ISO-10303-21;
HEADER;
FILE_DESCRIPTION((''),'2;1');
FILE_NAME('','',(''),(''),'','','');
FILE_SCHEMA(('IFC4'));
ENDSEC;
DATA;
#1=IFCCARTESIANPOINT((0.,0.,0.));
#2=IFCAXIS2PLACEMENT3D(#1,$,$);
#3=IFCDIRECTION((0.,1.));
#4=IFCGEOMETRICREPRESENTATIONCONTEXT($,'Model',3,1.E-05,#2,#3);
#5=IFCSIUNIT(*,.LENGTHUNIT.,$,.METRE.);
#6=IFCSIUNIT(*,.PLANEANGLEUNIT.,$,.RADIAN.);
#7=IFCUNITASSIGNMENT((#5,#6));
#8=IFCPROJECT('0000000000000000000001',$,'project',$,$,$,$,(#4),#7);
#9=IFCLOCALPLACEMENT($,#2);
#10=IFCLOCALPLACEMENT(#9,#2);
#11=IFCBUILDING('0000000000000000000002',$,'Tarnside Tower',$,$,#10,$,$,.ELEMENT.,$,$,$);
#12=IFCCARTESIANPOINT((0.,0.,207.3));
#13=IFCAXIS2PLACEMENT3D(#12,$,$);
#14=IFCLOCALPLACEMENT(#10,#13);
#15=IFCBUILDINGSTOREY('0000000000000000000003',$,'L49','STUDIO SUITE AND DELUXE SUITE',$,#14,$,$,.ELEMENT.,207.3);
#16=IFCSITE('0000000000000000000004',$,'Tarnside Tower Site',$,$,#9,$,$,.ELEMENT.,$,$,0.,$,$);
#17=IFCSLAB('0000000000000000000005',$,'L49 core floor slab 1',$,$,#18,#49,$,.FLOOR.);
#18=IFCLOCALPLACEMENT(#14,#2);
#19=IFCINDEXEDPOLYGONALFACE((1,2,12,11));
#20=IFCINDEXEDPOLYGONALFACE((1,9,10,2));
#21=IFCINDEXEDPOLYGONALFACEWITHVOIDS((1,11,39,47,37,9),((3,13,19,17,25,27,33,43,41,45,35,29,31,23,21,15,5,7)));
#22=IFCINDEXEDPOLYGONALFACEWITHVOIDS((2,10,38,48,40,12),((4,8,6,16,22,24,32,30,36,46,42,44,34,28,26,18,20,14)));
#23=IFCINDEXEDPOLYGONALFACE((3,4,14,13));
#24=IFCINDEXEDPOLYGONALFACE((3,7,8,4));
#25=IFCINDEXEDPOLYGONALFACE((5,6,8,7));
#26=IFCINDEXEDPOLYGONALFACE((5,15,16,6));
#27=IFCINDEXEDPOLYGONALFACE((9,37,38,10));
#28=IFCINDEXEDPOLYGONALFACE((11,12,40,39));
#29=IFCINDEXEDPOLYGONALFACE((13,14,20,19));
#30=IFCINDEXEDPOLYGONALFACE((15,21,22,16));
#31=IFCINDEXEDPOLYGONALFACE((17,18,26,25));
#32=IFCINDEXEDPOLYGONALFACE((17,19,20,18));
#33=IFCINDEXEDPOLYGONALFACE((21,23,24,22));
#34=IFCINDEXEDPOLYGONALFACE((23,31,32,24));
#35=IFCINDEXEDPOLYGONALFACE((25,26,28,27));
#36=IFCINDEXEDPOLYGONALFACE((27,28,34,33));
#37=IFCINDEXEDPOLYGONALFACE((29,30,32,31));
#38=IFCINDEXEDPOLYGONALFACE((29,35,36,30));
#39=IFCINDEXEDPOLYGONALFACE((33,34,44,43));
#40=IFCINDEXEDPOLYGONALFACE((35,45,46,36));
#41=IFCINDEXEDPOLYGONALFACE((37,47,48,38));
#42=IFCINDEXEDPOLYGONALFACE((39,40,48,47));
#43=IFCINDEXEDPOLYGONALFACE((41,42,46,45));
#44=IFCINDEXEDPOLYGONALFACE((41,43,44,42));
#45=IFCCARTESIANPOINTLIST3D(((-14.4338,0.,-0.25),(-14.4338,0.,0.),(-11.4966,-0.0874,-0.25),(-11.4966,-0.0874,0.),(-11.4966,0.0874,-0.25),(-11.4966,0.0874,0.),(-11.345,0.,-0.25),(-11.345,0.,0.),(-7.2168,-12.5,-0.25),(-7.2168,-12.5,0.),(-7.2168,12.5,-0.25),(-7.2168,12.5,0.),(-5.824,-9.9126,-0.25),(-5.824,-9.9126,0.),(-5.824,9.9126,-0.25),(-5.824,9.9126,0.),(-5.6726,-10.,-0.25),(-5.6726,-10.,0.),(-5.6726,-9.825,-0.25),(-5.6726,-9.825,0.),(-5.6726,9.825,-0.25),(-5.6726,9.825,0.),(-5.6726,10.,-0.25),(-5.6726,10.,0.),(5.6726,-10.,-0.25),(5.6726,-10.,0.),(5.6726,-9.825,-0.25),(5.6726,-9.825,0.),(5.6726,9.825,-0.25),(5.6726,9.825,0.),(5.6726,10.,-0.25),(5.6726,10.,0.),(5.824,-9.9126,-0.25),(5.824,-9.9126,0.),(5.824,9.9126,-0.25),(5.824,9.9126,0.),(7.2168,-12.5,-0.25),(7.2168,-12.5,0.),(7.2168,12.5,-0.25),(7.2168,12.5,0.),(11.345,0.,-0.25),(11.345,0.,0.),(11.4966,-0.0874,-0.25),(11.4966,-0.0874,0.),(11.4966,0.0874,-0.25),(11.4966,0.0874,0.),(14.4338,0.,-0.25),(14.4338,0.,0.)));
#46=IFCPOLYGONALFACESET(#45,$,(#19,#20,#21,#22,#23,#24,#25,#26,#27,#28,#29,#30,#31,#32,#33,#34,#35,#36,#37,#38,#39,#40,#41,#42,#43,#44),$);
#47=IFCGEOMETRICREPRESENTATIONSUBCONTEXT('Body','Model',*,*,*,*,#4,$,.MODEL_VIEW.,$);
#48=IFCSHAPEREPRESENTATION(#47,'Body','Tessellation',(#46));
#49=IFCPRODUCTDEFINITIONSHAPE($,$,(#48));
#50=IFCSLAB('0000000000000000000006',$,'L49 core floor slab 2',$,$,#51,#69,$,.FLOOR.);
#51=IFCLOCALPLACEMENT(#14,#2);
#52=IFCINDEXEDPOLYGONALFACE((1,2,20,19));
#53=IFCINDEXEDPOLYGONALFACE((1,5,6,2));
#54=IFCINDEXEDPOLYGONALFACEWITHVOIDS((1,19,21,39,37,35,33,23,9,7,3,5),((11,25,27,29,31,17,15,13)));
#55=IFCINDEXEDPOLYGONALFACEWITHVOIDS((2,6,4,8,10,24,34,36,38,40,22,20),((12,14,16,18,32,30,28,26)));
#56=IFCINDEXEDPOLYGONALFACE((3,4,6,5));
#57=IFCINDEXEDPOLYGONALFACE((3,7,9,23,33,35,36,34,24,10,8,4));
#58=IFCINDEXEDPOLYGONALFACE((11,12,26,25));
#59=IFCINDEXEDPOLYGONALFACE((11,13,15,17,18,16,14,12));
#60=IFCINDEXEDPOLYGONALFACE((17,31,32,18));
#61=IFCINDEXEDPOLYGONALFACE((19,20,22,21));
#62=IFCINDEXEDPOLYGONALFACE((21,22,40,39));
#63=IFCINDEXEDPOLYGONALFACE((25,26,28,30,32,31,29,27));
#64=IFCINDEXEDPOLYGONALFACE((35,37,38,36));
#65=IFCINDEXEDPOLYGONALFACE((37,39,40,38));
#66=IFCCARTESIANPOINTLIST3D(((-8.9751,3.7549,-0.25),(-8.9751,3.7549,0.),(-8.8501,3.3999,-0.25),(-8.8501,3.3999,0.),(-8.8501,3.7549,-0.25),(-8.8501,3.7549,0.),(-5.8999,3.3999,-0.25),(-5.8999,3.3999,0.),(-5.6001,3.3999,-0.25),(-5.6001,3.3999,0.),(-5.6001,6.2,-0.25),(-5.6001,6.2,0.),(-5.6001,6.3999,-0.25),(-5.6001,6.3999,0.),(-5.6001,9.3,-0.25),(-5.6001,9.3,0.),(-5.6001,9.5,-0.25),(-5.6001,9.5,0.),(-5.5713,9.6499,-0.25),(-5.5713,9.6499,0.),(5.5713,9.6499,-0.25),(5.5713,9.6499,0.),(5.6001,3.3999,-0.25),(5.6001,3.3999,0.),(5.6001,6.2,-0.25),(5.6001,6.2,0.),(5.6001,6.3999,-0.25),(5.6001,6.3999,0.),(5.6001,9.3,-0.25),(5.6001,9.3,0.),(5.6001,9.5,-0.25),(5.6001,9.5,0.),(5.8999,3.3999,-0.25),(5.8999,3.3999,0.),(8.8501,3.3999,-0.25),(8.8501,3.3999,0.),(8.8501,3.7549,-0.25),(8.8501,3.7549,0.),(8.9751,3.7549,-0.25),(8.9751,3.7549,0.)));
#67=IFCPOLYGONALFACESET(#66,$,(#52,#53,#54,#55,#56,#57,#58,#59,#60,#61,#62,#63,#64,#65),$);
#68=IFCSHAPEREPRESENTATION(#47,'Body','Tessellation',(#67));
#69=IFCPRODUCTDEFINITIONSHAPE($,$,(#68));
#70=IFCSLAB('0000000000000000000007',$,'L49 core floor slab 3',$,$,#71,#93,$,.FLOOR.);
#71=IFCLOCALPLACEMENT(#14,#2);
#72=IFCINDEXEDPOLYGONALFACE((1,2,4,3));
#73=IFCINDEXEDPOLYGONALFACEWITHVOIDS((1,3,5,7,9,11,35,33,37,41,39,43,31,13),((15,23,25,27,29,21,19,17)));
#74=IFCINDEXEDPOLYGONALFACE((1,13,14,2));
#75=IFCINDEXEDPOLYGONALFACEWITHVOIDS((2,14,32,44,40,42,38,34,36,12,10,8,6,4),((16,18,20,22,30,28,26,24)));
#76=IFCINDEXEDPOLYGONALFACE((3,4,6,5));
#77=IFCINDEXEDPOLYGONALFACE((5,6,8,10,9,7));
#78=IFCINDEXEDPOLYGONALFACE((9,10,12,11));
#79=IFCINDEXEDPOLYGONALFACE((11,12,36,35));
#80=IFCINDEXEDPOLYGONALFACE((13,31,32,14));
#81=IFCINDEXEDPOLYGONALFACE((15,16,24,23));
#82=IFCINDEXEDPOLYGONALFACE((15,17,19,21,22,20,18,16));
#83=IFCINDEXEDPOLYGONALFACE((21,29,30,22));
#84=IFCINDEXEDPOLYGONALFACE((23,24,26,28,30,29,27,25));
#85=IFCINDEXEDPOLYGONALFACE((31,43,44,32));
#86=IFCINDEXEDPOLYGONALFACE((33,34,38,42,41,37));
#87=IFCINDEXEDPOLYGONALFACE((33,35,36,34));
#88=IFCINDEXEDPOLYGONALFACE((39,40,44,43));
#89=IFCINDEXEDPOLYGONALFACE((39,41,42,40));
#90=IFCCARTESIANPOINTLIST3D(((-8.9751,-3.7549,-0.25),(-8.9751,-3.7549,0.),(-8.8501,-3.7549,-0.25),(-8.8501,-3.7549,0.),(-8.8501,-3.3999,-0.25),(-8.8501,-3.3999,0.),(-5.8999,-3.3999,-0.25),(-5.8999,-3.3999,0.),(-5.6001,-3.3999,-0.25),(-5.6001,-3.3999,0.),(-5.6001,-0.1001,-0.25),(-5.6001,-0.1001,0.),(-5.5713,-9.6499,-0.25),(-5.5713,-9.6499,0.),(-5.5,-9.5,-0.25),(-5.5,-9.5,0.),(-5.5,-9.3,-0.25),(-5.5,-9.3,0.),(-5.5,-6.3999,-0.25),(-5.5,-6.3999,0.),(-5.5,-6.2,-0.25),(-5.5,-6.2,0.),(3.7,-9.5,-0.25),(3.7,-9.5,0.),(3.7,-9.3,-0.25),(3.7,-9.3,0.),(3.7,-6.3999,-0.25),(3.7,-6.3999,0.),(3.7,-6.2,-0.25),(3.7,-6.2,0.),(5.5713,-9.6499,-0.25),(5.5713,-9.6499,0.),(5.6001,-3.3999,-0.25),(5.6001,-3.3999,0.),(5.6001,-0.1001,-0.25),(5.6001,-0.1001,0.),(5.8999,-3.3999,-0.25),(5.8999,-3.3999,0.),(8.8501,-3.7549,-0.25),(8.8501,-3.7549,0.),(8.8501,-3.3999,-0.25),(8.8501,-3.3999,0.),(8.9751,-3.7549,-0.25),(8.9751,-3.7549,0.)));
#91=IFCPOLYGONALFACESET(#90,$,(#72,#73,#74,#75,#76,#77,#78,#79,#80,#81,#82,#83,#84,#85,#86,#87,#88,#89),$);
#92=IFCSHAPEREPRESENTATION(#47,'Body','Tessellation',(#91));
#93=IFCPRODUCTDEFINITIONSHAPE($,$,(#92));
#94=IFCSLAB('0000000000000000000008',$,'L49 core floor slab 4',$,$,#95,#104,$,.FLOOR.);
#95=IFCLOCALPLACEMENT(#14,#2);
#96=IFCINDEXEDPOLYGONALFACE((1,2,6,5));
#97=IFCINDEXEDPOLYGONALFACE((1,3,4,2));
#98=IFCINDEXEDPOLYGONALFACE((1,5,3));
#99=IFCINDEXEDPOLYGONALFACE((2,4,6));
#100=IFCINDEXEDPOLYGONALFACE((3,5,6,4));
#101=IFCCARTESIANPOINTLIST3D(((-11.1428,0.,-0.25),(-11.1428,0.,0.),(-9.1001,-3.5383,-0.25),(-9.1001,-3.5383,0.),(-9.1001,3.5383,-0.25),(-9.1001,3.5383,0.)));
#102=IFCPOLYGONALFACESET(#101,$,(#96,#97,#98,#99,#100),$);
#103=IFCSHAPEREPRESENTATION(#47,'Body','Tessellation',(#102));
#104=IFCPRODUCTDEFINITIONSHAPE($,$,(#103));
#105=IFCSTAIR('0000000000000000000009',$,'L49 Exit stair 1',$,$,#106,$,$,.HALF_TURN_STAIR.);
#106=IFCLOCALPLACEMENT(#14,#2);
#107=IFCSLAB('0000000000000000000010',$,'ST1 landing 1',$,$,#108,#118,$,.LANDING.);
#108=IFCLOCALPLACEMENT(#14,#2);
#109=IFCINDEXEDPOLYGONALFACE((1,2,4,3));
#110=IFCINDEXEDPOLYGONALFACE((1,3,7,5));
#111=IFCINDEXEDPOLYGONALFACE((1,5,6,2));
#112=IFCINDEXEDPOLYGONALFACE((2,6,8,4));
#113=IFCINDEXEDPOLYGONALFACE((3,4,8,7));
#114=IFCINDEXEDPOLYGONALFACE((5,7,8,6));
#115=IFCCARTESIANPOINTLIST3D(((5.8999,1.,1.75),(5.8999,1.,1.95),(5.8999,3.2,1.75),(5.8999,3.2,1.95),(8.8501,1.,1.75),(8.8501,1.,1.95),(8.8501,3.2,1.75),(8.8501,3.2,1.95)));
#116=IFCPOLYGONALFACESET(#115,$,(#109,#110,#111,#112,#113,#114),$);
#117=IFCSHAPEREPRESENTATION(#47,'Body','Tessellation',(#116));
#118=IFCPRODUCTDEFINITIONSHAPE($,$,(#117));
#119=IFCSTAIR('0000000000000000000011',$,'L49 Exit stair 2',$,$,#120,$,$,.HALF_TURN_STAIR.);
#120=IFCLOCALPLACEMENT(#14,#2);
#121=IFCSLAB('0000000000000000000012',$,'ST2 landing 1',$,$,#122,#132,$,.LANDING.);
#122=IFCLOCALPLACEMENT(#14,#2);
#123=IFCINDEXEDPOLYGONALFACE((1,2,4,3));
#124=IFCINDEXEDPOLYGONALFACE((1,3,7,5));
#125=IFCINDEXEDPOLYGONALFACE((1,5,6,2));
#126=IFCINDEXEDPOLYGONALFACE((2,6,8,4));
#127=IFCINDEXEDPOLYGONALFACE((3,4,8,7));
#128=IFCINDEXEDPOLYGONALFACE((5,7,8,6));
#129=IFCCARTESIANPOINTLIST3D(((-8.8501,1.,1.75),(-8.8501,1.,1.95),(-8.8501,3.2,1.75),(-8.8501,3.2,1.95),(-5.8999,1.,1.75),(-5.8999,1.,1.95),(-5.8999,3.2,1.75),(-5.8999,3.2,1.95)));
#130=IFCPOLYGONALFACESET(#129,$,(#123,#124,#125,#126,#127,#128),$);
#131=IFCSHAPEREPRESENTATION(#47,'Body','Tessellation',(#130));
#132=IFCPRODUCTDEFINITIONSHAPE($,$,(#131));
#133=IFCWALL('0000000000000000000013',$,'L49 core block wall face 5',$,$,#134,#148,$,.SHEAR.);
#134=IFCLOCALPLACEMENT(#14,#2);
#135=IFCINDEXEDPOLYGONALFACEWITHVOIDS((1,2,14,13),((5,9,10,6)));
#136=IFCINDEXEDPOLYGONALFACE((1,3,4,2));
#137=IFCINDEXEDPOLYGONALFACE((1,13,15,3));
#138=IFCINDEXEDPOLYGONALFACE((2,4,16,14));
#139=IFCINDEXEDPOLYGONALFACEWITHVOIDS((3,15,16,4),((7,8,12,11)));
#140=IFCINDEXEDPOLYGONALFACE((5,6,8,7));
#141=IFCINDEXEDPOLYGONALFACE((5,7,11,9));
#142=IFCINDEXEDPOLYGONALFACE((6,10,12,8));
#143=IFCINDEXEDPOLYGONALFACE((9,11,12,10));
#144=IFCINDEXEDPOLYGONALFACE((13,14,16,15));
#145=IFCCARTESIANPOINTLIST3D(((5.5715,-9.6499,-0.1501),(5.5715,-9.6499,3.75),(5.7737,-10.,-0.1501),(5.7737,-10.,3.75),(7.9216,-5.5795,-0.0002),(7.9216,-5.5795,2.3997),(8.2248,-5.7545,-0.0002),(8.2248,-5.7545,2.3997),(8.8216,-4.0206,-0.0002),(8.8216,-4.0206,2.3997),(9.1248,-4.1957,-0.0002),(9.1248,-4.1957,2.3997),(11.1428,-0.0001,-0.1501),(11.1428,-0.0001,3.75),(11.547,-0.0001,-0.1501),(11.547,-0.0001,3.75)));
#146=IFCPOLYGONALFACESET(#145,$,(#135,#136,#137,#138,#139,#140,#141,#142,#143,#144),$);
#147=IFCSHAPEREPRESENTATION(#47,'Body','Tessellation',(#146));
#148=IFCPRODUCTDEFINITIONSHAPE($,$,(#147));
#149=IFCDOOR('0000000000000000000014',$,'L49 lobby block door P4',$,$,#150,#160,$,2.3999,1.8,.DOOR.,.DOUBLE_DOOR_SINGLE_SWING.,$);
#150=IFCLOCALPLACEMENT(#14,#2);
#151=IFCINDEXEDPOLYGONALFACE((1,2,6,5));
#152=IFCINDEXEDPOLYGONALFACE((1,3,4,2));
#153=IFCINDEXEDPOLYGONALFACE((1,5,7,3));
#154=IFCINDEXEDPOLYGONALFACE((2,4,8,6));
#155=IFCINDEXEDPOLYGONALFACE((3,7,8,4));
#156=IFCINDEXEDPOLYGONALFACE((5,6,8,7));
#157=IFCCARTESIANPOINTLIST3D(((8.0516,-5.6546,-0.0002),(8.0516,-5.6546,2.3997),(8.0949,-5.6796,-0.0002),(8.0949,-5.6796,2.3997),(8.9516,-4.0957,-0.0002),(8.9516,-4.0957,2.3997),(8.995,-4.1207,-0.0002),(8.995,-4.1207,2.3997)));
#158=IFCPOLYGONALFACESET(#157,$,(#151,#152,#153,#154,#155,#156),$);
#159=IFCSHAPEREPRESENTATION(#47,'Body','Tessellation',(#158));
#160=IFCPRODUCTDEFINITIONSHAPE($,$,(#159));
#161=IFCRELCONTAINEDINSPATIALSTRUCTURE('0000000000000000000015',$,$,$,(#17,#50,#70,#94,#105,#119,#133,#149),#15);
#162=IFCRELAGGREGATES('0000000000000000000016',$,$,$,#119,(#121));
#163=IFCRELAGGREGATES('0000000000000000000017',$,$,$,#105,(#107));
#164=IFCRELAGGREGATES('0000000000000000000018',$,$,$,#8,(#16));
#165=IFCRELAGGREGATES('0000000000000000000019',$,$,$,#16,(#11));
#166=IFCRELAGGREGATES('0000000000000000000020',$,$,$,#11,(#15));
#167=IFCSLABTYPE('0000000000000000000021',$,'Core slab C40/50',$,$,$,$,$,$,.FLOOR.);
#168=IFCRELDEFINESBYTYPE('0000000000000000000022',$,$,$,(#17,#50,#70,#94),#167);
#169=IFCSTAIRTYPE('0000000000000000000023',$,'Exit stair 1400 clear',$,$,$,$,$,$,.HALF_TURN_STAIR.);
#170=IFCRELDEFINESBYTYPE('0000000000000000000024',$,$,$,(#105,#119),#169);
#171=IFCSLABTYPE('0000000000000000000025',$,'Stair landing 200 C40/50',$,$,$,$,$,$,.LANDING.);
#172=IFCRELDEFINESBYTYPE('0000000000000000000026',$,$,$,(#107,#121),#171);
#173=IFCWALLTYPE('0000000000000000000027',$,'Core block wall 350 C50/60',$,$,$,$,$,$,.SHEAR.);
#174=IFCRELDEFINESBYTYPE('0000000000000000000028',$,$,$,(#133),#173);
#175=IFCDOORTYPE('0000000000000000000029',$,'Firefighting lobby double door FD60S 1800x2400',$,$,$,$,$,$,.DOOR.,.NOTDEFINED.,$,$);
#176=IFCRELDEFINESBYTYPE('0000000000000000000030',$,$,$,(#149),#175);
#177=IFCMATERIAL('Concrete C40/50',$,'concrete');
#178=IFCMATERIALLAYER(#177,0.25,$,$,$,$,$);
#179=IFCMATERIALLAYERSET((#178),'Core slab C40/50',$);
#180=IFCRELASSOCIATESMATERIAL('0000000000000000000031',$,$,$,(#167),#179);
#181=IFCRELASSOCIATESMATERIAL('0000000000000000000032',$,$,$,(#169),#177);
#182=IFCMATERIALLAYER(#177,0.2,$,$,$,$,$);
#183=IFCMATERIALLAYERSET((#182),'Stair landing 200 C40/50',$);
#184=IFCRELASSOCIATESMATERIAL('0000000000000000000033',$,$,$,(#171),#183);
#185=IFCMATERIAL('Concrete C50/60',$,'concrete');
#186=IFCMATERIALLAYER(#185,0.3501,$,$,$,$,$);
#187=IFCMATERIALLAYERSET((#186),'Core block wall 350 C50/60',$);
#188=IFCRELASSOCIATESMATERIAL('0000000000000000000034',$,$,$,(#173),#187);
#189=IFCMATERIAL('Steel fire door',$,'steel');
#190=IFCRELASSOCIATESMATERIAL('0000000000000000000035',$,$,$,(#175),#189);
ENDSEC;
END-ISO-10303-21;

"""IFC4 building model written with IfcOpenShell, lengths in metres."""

from ifc_helpers import new_model, si_unit, direction, frame, frame_2d, origin, place, context, subcontext, project, spatial, polyline, rectangle, outline, extrude, material, layer, layer_set, type_object, element, fill, aggregate, save


model = new_model("IFC4")

# Units and contexts
model_context = context("Model", 3, precision=1e-05, world=origin(), true_north=direction((0.0, 1.0)))
body_context = subcontext(model_context, "Body", "Model", "MODEL_VIEW")
ifc_project = project(units=[si_unit("LENGTHUNIT", "METRE"), si_unit("PLANEANGLEUNIT", "RADIAN")], contexts=[model_context])

# Site, building, storey
site_placement = place(None, origin())
site = spatial("IfcSite", under=ifc_project, at=site_placement, Name="Tarnside Tower Site", CompositionType="ELEMENT", RefElevation=0.0)
building_placement = place(site_placement, origin())
building = spatial("IfcBuilding", under=site, at=building_placement, Name="Tarnside Tower", CompositionType="ELEMENT")
storey_placement = place(building_placement, frame((0.0, 0.0, 207.3)))
storey = spatial("IfcBuildingStorey", under=building, at=storey_placement, Name="L49", Description="STUDIO SUITE AND DELUXE SUITE", CompositionType="ELEMENT", Elevation=207.3)

# Slabs
ifc_material_1 = material(Name="Concrete C40/50", Category="concrete")
ifc_layer_1 = layer(ifc_material_1, 0.25)
ifc_layer_set_1 = layer_set([ifc_layer_1], Name="Core slab C40/50")
slab_type_1 = type_object("IfcSlabType", Name="Core slab C40/50", PredefinedType="FLOOR", material=ifc_layer_set_1)
slab_1_placement = place(storey_placement, frame((0.0, 0.0, -0.25)))
element("IfcSlab", 1, at=slab_1_placement, inside=storey, type_object=slab_type_1, Name="L49 core floor slab 1", PredefinedType="FLOOR", context=body_context, shape_type="SweptSolid", body=[
    extrude(outline(polyline([(-7.2168, 12.5), (7.2168, 12.5), (14.4338, 0.0), (7.2168, -12.5), (-7.2168, -12.5), (-14.4338, 0.0), (-7.2168, 12.5)]), holes=[polyline([(5.824, -9.9126), (11.4966, -0.0874), (11.345, 0.0), (11.4966, 0.0874), (5.824, 9.9126), (5.6726, 9.825), (5.6726, 10.0), (-5.6726, 10.0), (-5.6726, 9.825), (-5.824, 9.9126), (-11.4966, 0.0874), (-11.345, 0.0), (-11.4966, -0.0874), (-5.824, -9.9126), (-5.6726, -9.825), (-5.6726, -10.0), (5.6726, -10.0), (5.6726, -9.825), (5.824, -9.9126)])]), origin(), (0.0, 0.0, 1.0), 0.25),
])
slab_2_placement = place(storey_placement, frame((0.0, 0.0, -0.25)))
element("IfcSlab", 2, at=slab_2_placement, inside=storey, type_object=slab_type_1, Name="L49 core floor slab 2", PredefinedType="FLOOR", context=body_context, shape_type="SweptSolid", body=[
    extrude(outline(polyline([(-8.9751, 3.7549), (-5.5713, 9.6499), (5.5713, 9.6499), (8.9751, 3.7549), (8.8501, 3.7549), (8.8501, 3.3999), (5.8999, 3.3999), (5.6001, 3.3999), (5.6001, 3.3999), (-5.6001, 3.3999), (-5.8999, 3.3999), (-8.8501, 3.3999), (-8.8501, 3.7549), (-8.9751, 3.7549)]), holes=[polyline([(-5.6001, 6.2), (5.6001, 6.2), (5.6001, 6.3999), (5.6001, 9.3), (5.6001, 9.5), (-5.6001, 9.5), (-5.6001, 9.3), (-5.6001, 6.3999), (-5.6001, 6.2)])]), origin(), (0.0, 0.0, 1.0), 0.25),
])
slab_3_placement = place(storey_placement, frame((0.0, 0.0, -0.25)))
element("IfcSlab", 3, at=slab_3_placement, inside=storey, type_object=slab_type_1, Name="L49 core floor slab 3", PredefinedType="FLOOR", context=body_context, shape_type="SweptSolid", body=[
    extrude(outline(polyline([(5.6001, -3.3999), (5.8999, -3.3999), (8.8501, -3.3999), (8.8501, -3.7549), (8.9751, -3.7549), (5.5713, -9.6499), (-5.5713, -9.6499), (-8.9751, -3.7549), (-8.8501, -3.7549), (-8.8501, -3.3999), (-5.8999, -3.3999), (-5.6001, -3.3999), (-5.6001, -0.1001), (5.6001, -0.1001), (5.6001, -3.3999)]), holes=[polyline([(-5.5, -9.3), (-5.5, -9.5), (3.7, -9.5), (3.7, -9.3), (3.7, -6.3999), (3.7, -6.2), (-5.5, -6.2), (-5.5, -6.3999), (-5.5, -9.3)])]), origin(), (0.0, 0.0, 1.0), 0.25),
])
slab_4_placement = place(storey_placement, frame((0.0, 0.0, -0.25)))
element("IfcSlab", 4, at=slab_4_placement, inside=storey, type_object=slab_type_1, Name="L49 core floor slab 4", PredefinedType="FLOOR", context=body_context, shape_type="SweptSolid", body=[
    extrude(outline(polyline([(-11.1428, 0.0), (-9.1001, 3.5383), (-9.1001, -3.5383), (-11.1428, 0.0)])), origin(), (0.0, 0.0, 1.0), 0.25),
])

# Stairs, slabs
stair_type = type_object("IfcStairType", Name="Exit stair 1400 clear", PredefinedType="HALF_TURN_STAIR", material=ifc_material_1)
stair_1_placement = place(storey_placement, origin())
stair_1 = element("IfcStair", 5, at=stair_1_placement, inside=storey, type_object=stair_type, Name="L49 Exit stair 1", PredefinedType="HALF_TURN_STAIR")
ifc_layer_2 = layer(ifc_material_1, 0.2)
ifc_layer_set_2 = layer_set([ifc_layer_2], Name="Stair landing 200 C40/50")
slab_type_2 = type_object("IfcSlabType", Name="Stair landing 200 C40/50", PredefinedType="LANDING", material=ifc_layer_set_2)
slab_5_placement = place(storey_placement, frame((0.0, 0.0, 1.75)))
slab_5 = element("IfcSlab", 6, at=slab_5_placement, type_object=slab_type_2, Name="ST1 landing 1", PredefinedType="LANDING", context=body_context, shape_type="SweptSolid", body=[
    extrude(outline(polyline([(8.8501, 1.0), (8.8501, 3.2), (5.8999, 3.2), (5.8999, 1.0), (8.8501, 1.0)])), origin(), (0.0, 0.0, 1.0), 0.2),
])
stair_2_placement = place(storey_placement, origin())
stair_2 = element("IfcStair", 7, at=stair_2_placement, inside=storey, type_object=stair_type, Name="L49 Exit stair 2", PredefinedType="HALF_TURN_STAIR")
slab_6_placement = place(storey_placement, frame((0.0, 0.0, 1.75)))
slab_6 = element("IfcSlab", 8, at=slab_6_placement, type_object=slab_type_2, Name="ST2 landing 1", PredefinedType="LANDING", context=body_context, shape_type="SweptSolid", body=[
    extrude(outline(polyline([(-5.8999, 1.0), (-5.8999, 3.2), (-8.8501, 3.2), (-8.8501, 1.0), (-5.8999, 1.0)])), origin(), (0.0, 0.0, 1.0), 0.2),
])
aggregate(stair_2, [slab_6])

# Wall, opening, door
ifc_material_2 = material(Name="Concrete C50/60", Category="concrete")
ifc_layer_3 = layer(ifc_material_2, 0.3501)
ifc_layer_set_3 = layer_set([ifc_layer_3], Name="Core block wall 350 C50/60")
wall_type_1 = type_object("IfcWallType", Name="Core block wall 350 C50/60", PredefinedType="SHEAR", material=ifc_layer_set_3)
wall_1_placement = place(storey_placement, frame((5.6726, -9.825, -0.1501), z_axis=(0.0, 0.0, 1.0), x_axis=(0.499995, 0.866028, 0.0)))
wall_1 = element("IfcWall", 9, at=wall_1_placement, inside=storey, type_object=wall_type_1, Name="L49 core block wall face 5", PredefinedType="SHEAR", context=body_context, shape_type="SweptSolid", body=[
    extrude(outline(polyline([(-0.1011, -0.175), (11.4458, -0.175), (11.2437, 0.175), (0.1011, 0.175), (-0.1011, -0.175)])), origin(), (0.0, 0.0, 1.0), 3.9001),
])
opening_1_placement = place(wall_1_placement, frame((4.8013, 0.0, 0.1499)))
opening_1 = element("IfcOpeningElement", 10, at=opening_1_placement, cuts=wall_1, PredefinedType="OPENING", context=body_context, shape_type="SweptSolid", body=[
    extrude(rectangle(XDim=1.8, YDim=2.3999, at=frame_2d((0.8999, 1.2))), frame((0.0, 0.1851, 0.0), z_axis=(0.0, -1.0, 0.0), x_axis=(1.0, 0.0, 0.0)), (0.0, 0.0, 1.0), 0.3701),
])
ifc_material_3 = material(Name="Steel fire door", Category="steel")
door_type_1 = type_object("IfcDoorType", Name="Firefighting lobby double door FD60S 1800x2400", OperationType="NOTDEFINED", PredefinedType="DOOR", material=ifc_material_3)
door_1_placement = place(opening_1_placement, origin())
door_1 = element("IfcDoor", 11, at=door_1_placement, inside=storey, type_object=door_type_1, Name="L49 lobby block door P4", OperationType="DOUBLE_DOOR_SINGLE_SWING", OverallHeight=2.3999, OverallWidth=1.8, PredefinedType="DOOR", context=body_context, shape_type="SweptSolid", body=[
    extrude(rectangle(XDim=1.8, YDim=2.3999, at=frame_2d((0.8999, 1.2))), frame((0.0, 0.0249, 0.0), z_axis=(0.0, -1.0, 0.0), x_axis=(1.0, 0.0, 0.0)), (0.0, 0.0, 1.0), 0.05),
])
fill(opening_1, door_1)

aggregate(stair_1, [slab_5])

save(model, "model.ifc")
